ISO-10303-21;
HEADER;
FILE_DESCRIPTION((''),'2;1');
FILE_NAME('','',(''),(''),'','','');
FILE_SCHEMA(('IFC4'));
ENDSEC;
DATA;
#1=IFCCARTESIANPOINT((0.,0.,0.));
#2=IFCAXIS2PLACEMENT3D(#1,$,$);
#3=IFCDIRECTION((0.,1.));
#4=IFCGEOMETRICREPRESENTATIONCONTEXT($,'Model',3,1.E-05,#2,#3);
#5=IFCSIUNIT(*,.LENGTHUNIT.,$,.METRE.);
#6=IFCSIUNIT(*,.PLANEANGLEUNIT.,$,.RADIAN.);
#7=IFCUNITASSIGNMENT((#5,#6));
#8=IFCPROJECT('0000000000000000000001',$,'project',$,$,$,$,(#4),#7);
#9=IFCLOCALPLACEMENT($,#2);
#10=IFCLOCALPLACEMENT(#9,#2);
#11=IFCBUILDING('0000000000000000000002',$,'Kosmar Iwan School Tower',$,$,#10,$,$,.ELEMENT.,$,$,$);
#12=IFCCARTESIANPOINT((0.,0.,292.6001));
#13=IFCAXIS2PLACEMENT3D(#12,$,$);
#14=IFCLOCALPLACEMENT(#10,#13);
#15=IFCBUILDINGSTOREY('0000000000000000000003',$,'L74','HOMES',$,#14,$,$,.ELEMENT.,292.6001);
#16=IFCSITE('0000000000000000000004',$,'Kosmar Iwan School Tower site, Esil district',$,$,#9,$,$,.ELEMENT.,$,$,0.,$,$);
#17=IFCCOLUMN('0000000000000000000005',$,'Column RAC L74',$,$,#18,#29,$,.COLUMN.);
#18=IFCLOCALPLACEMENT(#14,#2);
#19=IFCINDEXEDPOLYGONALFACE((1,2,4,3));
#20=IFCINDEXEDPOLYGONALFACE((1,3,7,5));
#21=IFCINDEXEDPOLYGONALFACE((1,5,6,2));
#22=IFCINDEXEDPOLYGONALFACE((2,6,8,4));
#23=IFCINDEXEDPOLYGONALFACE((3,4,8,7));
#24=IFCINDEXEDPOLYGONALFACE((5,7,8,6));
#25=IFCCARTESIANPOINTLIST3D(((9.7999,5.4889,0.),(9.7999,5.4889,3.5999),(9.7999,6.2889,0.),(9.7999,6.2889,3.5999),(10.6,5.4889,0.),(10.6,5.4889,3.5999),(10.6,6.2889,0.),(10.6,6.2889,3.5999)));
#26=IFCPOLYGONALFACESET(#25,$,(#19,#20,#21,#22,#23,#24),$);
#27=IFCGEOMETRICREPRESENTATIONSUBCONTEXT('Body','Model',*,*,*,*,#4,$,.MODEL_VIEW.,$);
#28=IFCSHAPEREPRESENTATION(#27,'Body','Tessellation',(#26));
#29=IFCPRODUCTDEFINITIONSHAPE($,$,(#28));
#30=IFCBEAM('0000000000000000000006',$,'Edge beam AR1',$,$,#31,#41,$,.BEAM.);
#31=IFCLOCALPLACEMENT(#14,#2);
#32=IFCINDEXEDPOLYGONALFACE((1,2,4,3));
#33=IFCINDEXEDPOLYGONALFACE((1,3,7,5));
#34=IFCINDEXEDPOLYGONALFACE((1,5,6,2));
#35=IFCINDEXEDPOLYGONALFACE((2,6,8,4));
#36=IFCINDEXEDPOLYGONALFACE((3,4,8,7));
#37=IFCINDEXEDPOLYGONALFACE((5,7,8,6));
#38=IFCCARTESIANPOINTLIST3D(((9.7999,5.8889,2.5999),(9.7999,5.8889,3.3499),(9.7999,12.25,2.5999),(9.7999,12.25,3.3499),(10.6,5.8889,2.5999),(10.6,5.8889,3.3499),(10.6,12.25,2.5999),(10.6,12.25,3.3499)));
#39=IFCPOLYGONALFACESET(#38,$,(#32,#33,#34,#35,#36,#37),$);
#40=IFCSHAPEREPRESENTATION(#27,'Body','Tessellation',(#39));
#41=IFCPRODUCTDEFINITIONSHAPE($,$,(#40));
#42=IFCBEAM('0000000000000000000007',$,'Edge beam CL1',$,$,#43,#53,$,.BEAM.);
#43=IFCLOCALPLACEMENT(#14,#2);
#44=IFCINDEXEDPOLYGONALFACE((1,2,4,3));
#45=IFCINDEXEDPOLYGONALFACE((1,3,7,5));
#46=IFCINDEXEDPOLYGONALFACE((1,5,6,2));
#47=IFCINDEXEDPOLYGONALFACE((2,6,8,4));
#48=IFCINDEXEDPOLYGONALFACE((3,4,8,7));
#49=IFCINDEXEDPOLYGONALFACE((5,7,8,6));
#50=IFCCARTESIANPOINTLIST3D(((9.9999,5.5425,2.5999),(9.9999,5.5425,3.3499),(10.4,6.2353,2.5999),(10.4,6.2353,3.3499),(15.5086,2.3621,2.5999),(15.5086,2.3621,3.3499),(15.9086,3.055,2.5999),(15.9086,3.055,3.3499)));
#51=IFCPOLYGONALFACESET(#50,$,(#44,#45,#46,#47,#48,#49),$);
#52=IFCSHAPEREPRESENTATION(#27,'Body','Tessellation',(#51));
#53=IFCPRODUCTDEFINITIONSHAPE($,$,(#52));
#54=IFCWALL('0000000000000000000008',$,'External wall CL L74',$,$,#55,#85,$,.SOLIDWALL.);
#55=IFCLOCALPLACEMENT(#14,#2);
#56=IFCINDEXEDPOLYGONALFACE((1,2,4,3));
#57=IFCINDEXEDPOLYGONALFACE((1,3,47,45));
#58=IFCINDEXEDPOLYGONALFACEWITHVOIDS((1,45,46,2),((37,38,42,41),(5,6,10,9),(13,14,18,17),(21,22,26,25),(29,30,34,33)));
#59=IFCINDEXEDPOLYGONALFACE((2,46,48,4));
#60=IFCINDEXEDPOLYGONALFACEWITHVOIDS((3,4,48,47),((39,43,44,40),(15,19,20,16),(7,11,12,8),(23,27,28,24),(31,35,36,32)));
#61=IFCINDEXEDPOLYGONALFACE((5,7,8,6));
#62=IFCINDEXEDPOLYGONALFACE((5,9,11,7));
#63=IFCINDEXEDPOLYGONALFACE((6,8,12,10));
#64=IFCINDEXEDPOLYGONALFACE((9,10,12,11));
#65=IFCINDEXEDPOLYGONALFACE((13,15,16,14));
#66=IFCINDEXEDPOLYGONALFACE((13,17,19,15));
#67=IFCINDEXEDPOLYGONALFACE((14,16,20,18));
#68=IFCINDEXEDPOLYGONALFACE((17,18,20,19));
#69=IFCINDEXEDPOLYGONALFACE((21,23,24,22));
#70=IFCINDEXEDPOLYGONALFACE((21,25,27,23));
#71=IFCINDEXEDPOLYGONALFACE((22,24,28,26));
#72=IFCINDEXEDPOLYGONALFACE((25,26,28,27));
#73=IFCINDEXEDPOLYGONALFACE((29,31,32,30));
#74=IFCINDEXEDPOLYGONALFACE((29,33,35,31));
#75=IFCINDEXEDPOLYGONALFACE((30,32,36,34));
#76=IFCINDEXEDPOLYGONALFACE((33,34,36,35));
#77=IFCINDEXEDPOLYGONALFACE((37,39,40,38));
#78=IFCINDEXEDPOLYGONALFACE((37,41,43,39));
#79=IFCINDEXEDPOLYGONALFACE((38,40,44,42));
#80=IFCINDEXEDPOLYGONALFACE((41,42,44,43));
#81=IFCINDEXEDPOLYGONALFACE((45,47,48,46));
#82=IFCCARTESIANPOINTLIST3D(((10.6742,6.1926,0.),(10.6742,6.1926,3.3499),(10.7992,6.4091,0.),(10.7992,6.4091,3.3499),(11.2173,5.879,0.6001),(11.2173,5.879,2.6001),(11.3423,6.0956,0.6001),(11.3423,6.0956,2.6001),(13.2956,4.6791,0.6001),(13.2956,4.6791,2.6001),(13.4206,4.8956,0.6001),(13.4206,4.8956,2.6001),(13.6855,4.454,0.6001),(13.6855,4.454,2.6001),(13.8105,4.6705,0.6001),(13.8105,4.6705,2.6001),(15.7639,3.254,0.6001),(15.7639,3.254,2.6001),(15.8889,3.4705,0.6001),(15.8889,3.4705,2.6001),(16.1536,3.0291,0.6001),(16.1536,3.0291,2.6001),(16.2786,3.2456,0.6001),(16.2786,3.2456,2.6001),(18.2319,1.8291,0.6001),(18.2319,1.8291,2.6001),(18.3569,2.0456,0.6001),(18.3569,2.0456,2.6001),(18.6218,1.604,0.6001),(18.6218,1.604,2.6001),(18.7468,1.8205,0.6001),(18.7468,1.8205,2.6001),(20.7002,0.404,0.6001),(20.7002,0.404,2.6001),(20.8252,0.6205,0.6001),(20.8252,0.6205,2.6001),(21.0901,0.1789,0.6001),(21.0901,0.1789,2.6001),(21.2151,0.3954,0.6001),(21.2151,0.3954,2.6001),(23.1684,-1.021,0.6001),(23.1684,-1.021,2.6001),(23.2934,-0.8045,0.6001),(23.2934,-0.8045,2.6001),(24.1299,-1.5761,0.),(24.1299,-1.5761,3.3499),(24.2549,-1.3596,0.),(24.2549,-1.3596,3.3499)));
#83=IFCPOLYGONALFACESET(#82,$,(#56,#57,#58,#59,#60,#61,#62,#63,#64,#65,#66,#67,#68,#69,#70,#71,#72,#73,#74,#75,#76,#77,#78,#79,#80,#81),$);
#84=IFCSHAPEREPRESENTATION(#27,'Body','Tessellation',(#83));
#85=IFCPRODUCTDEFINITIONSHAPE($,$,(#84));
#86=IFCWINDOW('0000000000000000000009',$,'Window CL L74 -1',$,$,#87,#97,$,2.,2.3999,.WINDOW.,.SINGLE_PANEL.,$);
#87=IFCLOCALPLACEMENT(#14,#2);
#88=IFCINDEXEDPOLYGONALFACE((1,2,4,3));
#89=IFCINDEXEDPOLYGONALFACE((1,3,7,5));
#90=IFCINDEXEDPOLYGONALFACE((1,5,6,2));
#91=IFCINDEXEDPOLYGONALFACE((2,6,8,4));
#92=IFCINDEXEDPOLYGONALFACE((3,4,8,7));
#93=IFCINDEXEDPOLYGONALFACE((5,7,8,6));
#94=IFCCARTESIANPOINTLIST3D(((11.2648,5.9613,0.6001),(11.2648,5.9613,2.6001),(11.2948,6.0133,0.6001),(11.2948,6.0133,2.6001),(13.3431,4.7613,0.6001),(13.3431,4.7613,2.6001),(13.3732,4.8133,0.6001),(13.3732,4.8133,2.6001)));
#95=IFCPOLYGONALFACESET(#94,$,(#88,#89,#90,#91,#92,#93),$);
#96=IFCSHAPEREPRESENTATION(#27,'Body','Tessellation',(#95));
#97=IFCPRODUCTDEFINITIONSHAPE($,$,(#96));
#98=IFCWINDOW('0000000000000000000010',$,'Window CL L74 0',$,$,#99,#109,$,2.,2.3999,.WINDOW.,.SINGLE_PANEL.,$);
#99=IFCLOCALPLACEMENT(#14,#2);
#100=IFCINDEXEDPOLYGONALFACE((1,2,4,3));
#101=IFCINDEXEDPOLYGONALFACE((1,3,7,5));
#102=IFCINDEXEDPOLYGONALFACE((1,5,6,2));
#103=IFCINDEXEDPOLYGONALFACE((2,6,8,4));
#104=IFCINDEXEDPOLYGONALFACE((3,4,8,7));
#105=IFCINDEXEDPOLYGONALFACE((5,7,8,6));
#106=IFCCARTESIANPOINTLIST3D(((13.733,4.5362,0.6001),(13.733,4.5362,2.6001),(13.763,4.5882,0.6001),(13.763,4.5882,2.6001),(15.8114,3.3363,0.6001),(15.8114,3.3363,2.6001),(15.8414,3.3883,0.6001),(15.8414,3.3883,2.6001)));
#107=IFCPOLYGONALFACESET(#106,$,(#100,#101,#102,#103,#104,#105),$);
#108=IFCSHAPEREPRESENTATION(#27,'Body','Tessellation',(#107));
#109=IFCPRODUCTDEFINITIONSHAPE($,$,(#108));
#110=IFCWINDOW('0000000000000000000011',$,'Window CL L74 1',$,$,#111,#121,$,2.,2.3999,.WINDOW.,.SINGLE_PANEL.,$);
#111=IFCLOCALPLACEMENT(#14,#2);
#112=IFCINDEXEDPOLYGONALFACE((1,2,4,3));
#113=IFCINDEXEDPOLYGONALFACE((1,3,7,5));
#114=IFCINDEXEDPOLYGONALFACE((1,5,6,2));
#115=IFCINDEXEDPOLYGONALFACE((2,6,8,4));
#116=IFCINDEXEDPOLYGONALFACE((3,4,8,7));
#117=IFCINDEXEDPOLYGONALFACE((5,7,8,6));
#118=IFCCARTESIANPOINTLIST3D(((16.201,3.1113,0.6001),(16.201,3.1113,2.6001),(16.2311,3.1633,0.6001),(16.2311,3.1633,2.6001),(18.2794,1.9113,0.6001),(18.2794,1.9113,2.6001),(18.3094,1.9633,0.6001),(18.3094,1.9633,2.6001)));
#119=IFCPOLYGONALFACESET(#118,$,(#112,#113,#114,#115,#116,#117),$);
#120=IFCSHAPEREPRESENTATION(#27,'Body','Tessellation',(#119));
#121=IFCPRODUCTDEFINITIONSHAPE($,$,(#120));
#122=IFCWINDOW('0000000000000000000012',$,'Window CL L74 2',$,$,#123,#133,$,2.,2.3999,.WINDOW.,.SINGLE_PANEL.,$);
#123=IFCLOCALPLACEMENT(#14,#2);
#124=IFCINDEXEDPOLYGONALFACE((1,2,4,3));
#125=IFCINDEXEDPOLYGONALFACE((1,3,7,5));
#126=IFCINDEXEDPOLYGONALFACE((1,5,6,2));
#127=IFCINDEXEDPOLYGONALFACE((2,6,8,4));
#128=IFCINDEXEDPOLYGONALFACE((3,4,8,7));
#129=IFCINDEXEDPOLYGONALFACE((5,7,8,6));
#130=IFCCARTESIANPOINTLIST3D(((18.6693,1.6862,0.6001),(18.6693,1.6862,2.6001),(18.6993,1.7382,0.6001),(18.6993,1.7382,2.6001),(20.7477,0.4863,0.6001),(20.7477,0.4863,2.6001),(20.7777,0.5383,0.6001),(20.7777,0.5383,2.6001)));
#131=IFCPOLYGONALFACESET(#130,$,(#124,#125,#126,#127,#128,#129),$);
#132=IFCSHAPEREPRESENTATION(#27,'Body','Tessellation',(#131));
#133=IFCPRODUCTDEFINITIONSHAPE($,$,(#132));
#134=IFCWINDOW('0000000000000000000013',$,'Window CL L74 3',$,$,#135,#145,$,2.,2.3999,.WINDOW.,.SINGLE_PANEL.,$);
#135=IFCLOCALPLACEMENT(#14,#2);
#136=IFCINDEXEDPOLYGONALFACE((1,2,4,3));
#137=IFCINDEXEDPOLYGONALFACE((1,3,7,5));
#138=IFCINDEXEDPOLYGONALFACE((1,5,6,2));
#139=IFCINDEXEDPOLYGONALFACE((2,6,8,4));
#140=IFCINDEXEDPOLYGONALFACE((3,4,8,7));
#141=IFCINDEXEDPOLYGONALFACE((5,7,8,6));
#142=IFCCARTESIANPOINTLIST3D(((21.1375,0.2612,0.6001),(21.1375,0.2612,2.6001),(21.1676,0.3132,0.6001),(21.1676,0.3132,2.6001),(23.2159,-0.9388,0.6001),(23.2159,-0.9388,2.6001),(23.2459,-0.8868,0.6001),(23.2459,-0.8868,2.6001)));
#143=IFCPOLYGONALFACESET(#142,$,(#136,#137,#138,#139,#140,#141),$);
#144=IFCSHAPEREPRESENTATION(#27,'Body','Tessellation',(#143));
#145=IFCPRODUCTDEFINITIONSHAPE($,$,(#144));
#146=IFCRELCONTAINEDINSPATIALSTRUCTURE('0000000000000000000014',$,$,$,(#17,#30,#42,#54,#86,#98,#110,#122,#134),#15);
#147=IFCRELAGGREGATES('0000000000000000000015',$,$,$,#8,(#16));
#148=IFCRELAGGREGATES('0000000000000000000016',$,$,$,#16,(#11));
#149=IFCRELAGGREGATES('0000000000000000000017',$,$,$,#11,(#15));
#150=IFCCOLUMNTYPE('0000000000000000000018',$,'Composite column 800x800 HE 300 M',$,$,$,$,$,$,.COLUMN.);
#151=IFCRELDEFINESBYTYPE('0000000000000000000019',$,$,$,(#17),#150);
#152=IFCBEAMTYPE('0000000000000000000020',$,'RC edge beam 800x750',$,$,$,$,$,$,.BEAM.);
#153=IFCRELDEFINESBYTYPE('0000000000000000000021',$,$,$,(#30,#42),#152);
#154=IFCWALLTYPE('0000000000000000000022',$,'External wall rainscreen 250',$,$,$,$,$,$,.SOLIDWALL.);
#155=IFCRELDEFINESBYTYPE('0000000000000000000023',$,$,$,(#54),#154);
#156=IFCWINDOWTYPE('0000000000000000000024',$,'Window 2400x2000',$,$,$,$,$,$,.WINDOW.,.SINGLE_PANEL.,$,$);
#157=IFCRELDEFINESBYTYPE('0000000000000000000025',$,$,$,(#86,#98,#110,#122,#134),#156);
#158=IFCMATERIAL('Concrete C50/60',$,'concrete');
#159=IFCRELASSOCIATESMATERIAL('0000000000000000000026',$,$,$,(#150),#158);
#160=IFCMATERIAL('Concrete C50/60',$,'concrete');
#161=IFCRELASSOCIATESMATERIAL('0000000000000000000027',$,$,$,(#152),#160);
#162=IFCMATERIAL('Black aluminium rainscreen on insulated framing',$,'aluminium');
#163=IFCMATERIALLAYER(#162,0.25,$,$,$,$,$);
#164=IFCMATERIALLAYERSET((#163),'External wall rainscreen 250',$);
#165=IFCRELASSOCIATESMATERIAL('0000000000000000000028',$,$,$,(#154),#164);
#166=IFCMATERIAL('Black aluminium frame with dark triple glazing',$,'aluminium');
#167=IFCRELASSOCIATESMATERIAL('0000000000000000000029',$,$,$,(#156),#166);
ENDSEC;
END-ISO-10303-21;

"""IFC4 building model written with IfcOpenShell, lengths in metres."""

from ifc_helpers import new_model, si_unit, direction, frame, frame_2d, origin, origin_2d, place, context, subcontext, project, spatial, rectangle, extrude, material, layer, layer_set, material_profile, profile_set, type_object, element, fill, save


model = new_model("IFC4")

# Units and contexts
model_context = context("Model", 3, precision=1e-05, world=origin(), true_north=direction((0.0, 1.0)))
body_context = subcontext(model_context, "Body", "Model", "MODEL_VIEW")
ifc_project = project(units=[si_unit("LENGTHUNIT", "METRE"), si_unit("PLANEANGLEUNIT", "RADIAN")], contexts=[model_context])

# Site, building, storey
site_placement = place(None, origin())
site = spatial("IfcSite", under=ifc_project, at=site_placement, Name="Kosmar Iwan School Tower site, Esil district", CompositionType="ELEMENT", RefElevation=0.0)
building_placement = place(site_placement, origin())
building = spatial("IfcBuilding", under=site, at=building_placement, Name="Kosmar Iwan School Tower", CompositionType="ELEMENT")
storey_placement = place(building_placement, frame((0.0, 0.0, 292.6001)))
storey = spatial("IfcBuildingStorey", under=building, at=storey_placement, Name="L74", Description="HOMES", CompositionType="ELEMENT", Elevation=292.6001)

# Column
ifc_material_1 = material(Name="Concrete C50/60", Category="concrete")
ifc_material_profile_1 = material_profile(ifc_material_1, rectangle(XDim=0.8, YDim=0.8, at=origin_2d()), Name="RC 800x800 + HE 300 M")
ifc_profile_set_1 = profile_set([ifc_material_profile_1], Name="Concrete C50/60")
column_type = type_object("IfcColumnType", Name="Composite column 800x800 HE 300 M", PredefinedType="COLUMN", material=ifc_profile_set_1)
column_placement = place(storey_placement, frame((10.2, 5.8889, 0.0), z_axis=(0.0, 0.0, 1.0), x_axis=(1.0, 0.0, 0.0)))
element("IfcColumn", 1, at=column_placement, inside=storey, type_object=column_type, Name="Column RAC L74", PredefinedType="COLUMN", context=body_context, shape_type="SweptSolid", body=[
    extrude(rectangle(XDim=0.8, YDim=0.8, at=origin_2d()), origin(), (0.0, 0.0, 1.0), 3.5999),
])

# Beams
ifc_material_2 = material(Name="Concrete C50/60", Category="concrete")
ifc_material_profile_2 = material_profile(ifc_material_2, rectangle(XDim=0.8, YDim=0.75, at=origin_2d()), Name="RC 800x750")
ifc_profile_set_2 = profile_set([ifc_material_profile_2], Name="Concrete C50/60")
beam_type = type_object("IfcBeamType", Name="RC edge beam 800x750", PredefinedType="BEAM", material=ifc_profile_set_2)
beam_1_placement = place(storey_placement, frame((10.2, 5.8889, 2.9749), z_axis=(0.0, 1.0, 0.0), x_axis=(-1.0, 0.0, 0.0)))
element("IfcBeam", 2, at=beam_1_placement, inside=storey, type_object=beam_type, Name="Edge beam AR1", PredefinedType="BEAM", context=body_context, shape_type="SweptSolid", body=[
    extrude(rectangle(XDim=0.8, YDim=0.75, at=origin_2d()), origin(), (0.0, 0.0, 1.0), 6.3611),
])
beam_2_placement = place(storey_placement, frame((10.2, 5.8889, 2.9749), z_axis=(0.866031, -0.49999, 0.0), x_axis=(0.49999, 0.866031, 0.0)))
element("IfcBeam", 3, at=beam_2_placement, inside=storey, type_object=beam_type, Name="Edge beam CL1", PredefinedType="BEAM", context=body_context, shape_type="SweptSolid", body=[
    extrude(rectangle(XDim=0.8, YDim=0.75, at=origin_2d()), origin(), (0.0, 0.0, 1.0), 6.3608),
])

# Wall, openings, windows
ifc_material_3 = material(Name="Black aluminium rainscreen on insulated framing", Category="aluminium")
ifc_layer_1 = layer(ifc_material_3, 0.25)
ifc_layer_set_1 = layer_set([ifc_layer_1], Name="External wall rainscreen 250")
wall_type_1 = type_object("IfcWallType", Name="External wall rainscreen 250", PredefinedType="SOLIDWALL", material=ifc_layer_set_1)
wall_1_placement = place(storey_placement, frame((10.7368, 6.3008, 0.0), z_axis=(0.0, 0.0, 1.0), x_axis=(0.866023, -0.500004, 0.0)))
wall_1 = element("IfcWall", 4, at=wall_1_placement, inside=storey, type_object=wall_type_1, Name="External wall CL L74", PredefinedType="SOLIDWALL", context=body_context, shape_type="SweptSolid", body=[
    extrude(rectangle(XDim=15.5374, YDim=0.25, at=frame_2d((7.7686, 0.0))), origin(), (0.0, 0.0, 1.0), 3.3499),
])
opening_1_placement = place(wall_1_placement, frame((0.627, 0.0, 0.6001)))
opening_1 = element("IfcOpeningElement", 5, at=opening_1_placement, cuts=wall_1, PredefinedType="OPENING", context=body_context, shape_type="SweptSolid", body=[
    extrude(rectangle(XDim=2.3999, YDim=2.0, at=frame_2d((1.2, 1.0))), frame((0.0, 0.137, 0.0), z_axis=(0.0, -1.0, 0.0), x_axis=(1.0, 0.0, 0.0)), (0.0, 0.0, 1.0), 0.2739),
])
opening_2_placement = place(wall_1_placement, frame((3.4771, 0.0, 0.6001)))
opening_2 = element("IfcOpeningElement", 6, at=opening_2_placement, cuts=wall_1, PredefinedType="OPENING", context=body_context, shape_type="SweptSolid", body=[
    extrude(rectangle(XDim=2.3999, YDim=2.0, at=frame_2d((1.2, 1.0))), frame((0.0, 0.137, 0.0), z_axis=(0.0, -1.0, 0.0), x_axis=(1.0, 0.0, 0.0)), (0.0, 0.0, 1.0), 0.2739),
])
opening_3_placement = place(wall_1_placement, frame((6.3269, 0.0, 0.6001)))
opening_3 = element("IfcOpeningElement", 7, at=opening_3_placement, cuts=wall_1, PredefinedType="OPENING", context=body_context, shape_type="SweptSolid", body=[
    extrude(rectangle(XDim=2.3999, YDim=2.0, at=frame_2d((1.2, 1.0))), frame((0.0, 0.137, 0.0), z_axis=(0.0, -1.0, 0.0), x_axis=(1.0, 0.0, 0.0)), (0.0, 0.0, 1.0), 0.2739),
])
opening_4_placement = place(wall_1_placement, frame((9.177, 0.0, 0.6001)))
opening_4 = element("IfcOpeningElement", 8, at=opening_4_placement, cuts=wall_1, PredefinedType="OPENING", context=body_context, shape_type="SweptSolid", body=[
    extrude(rectangle(XDim=2.3999, YDim=2.0, at=frame_2d((1.2, 1.0))), frame((0.0, 0.137, 0.0), z_axis=(0.0, -1.0, 0.0), x_axis=(1.0, 0.0, 0.0)), (0.0, 0.0, 1.0), 0.2739),
])
opening_5_placement = place(wall_1_placement, frame((12.0271, 0.0, 0.6001)))
opening_5 = element("IfcOpeningElement", 9, at=opening_5_placement, cuts=wall_1, PredefinedType="OPENING", context=body_context, shape_type="SweptSolid", body=[
    extrude(rectangle(XDim=2.3999, YDim=2.0, at=frame_2d((1.2, 1.0))), frame((0.0, 0.137, 0.0), z_axis=(0.0, -1.0, 0.0), x_axis=(1.0, 0.0, 0.0)), (0.0, 0.0, 1.0), 0.2739),
])
ifc_material_4 = material(Name="Black aluminium frame with dark triple glazing", Category="aluminium")
window_type = type_object("IfcWindowType", Name="Window 2400x2000", PartitioningType="SINGLE_PANEL", PredefinedType="WINDOW", material=ifc_material_4)
window_1_placement = place(opening_1_placement, origin())
window_1 = element("IfcWindow", 10, at=window_1_placement, inside=storey, type_object=window_type, Name="Window CL L74 -1", OverallHeight=2.0, OverallWidth=2.3999, PartitioningType="SINGLE_PANEL", PredefinedType="WINDOW", context=body_context, shape_type="SweptSolid", body=[
    extrude(rectangle(XDim=2.3999, YDim=2.0, at=frame_2d((1.2, 1.0))), frame((0.0, 0.03, 0.0), z_axis=(0.0, -1.0, 0.0), x_axis=(1.0, 0.0, 0.0)), (0.0, 0.0, 1.0), 0.0601),
])
fill(opening_1, window_1)
window_2_placement = place(opening_2_placement, origin())
window_2 = element("IfcWindow", 11, at=window_2_placement, inside=storey, type_object=window_type, Name="Window CL L74 0", OverallHeight=2.0, OverallWidth=2.3999, PartitioningType="SINGLE_PANEL", PredefinedType="WINDOW", context=body_context, shape_type="SweptSolid", body=[
    extrude(rectangle(XDim=2.3999, YDim=2.0, at=frame_2d((1.2, 1.0))), frame((0.0, 0.03, 0.0), z_axis=(0.0, -1.0, 0.0), x_axis=(1.0, 0.0, 0.0)), (0.0, 0.0, 1.0), 0.0601),
])
fill(opening_2, window_2)
window_3_placement = place(opening_3_placement, origin())
window_3 = element("IfcWindow", 12, at=window_3_placement, inside=storey, type_object=window_type, Name="Window CL L74 1", OverallHeight=2.0, OverallWidth=2.3999, PartitioningType="SINGLE_PANEL", PredefinedType="WINDOW", context=body_context, shape_type="SweptSolid", body=[
    extrude(rectangle(XDim=2.3999, YDim=2.0, at=frame_2d((1.2, 1.0))), frame((0.0, 0.03, 0.0), z_axis=(0.0, -1.0, 0.0), x_axis=(1.0, 0.0, 0.0)), (0.0, 0.0, 1.0), 0.0601),
])
fill(opening_3, window_3)
window_4_placement = place(opening_4_placement, origin())
window_4 = element("IfcWindow", 13, at=window_4_placement, inside=storey, type_object=window_type, Name="Window CL L74 2", OverallHeight=2.0, OverallWidth=2.3999, PartitioningType="SINGLE_PANEL", PredefinedType="WINDOW", context=body_context, shape_type="SweptSolid", body=[
    extrude(rectangle(XDim=2.3999, YDim=2.0, at=frame_2d((1.2, 1.0))), frame((0.0, 0.03, 0.0), z_axis=(0.0, -1.0, 0.0), x_axis=(1.0, 0.0, 0.0)), (0.0, 0.0, 1.0), 0.0601),
])
fill(opening_4, window_4)
window_5_placement = place(opening_5_placement, origin())
window_5 = element("IfcWindow", 14, at=window_5_placement, inside=storey, type_object=window_type, Name="Window CL L74 3", OverallHeight=2.0, OverallWidth=2.3999, PartitioningType="SINGLE_PANEL", PredefinedType="WINDOW", context=body_context, shape_type="SweptSolid", body=[
    extrude(rectangle(XDim=2.3999, YDim=2.0, at=frame_2d((1.2, 1.0))), frame((0.0, 0.03, 0.0), z_axis=(0.0, -1.0, 0.0), x_axis=(1.0, 0.0, 0.0)), (0.0, 0.0, 1.0), 0.0601),
])
fill(opening_5, window_5)

save(model, "model.ifc")
